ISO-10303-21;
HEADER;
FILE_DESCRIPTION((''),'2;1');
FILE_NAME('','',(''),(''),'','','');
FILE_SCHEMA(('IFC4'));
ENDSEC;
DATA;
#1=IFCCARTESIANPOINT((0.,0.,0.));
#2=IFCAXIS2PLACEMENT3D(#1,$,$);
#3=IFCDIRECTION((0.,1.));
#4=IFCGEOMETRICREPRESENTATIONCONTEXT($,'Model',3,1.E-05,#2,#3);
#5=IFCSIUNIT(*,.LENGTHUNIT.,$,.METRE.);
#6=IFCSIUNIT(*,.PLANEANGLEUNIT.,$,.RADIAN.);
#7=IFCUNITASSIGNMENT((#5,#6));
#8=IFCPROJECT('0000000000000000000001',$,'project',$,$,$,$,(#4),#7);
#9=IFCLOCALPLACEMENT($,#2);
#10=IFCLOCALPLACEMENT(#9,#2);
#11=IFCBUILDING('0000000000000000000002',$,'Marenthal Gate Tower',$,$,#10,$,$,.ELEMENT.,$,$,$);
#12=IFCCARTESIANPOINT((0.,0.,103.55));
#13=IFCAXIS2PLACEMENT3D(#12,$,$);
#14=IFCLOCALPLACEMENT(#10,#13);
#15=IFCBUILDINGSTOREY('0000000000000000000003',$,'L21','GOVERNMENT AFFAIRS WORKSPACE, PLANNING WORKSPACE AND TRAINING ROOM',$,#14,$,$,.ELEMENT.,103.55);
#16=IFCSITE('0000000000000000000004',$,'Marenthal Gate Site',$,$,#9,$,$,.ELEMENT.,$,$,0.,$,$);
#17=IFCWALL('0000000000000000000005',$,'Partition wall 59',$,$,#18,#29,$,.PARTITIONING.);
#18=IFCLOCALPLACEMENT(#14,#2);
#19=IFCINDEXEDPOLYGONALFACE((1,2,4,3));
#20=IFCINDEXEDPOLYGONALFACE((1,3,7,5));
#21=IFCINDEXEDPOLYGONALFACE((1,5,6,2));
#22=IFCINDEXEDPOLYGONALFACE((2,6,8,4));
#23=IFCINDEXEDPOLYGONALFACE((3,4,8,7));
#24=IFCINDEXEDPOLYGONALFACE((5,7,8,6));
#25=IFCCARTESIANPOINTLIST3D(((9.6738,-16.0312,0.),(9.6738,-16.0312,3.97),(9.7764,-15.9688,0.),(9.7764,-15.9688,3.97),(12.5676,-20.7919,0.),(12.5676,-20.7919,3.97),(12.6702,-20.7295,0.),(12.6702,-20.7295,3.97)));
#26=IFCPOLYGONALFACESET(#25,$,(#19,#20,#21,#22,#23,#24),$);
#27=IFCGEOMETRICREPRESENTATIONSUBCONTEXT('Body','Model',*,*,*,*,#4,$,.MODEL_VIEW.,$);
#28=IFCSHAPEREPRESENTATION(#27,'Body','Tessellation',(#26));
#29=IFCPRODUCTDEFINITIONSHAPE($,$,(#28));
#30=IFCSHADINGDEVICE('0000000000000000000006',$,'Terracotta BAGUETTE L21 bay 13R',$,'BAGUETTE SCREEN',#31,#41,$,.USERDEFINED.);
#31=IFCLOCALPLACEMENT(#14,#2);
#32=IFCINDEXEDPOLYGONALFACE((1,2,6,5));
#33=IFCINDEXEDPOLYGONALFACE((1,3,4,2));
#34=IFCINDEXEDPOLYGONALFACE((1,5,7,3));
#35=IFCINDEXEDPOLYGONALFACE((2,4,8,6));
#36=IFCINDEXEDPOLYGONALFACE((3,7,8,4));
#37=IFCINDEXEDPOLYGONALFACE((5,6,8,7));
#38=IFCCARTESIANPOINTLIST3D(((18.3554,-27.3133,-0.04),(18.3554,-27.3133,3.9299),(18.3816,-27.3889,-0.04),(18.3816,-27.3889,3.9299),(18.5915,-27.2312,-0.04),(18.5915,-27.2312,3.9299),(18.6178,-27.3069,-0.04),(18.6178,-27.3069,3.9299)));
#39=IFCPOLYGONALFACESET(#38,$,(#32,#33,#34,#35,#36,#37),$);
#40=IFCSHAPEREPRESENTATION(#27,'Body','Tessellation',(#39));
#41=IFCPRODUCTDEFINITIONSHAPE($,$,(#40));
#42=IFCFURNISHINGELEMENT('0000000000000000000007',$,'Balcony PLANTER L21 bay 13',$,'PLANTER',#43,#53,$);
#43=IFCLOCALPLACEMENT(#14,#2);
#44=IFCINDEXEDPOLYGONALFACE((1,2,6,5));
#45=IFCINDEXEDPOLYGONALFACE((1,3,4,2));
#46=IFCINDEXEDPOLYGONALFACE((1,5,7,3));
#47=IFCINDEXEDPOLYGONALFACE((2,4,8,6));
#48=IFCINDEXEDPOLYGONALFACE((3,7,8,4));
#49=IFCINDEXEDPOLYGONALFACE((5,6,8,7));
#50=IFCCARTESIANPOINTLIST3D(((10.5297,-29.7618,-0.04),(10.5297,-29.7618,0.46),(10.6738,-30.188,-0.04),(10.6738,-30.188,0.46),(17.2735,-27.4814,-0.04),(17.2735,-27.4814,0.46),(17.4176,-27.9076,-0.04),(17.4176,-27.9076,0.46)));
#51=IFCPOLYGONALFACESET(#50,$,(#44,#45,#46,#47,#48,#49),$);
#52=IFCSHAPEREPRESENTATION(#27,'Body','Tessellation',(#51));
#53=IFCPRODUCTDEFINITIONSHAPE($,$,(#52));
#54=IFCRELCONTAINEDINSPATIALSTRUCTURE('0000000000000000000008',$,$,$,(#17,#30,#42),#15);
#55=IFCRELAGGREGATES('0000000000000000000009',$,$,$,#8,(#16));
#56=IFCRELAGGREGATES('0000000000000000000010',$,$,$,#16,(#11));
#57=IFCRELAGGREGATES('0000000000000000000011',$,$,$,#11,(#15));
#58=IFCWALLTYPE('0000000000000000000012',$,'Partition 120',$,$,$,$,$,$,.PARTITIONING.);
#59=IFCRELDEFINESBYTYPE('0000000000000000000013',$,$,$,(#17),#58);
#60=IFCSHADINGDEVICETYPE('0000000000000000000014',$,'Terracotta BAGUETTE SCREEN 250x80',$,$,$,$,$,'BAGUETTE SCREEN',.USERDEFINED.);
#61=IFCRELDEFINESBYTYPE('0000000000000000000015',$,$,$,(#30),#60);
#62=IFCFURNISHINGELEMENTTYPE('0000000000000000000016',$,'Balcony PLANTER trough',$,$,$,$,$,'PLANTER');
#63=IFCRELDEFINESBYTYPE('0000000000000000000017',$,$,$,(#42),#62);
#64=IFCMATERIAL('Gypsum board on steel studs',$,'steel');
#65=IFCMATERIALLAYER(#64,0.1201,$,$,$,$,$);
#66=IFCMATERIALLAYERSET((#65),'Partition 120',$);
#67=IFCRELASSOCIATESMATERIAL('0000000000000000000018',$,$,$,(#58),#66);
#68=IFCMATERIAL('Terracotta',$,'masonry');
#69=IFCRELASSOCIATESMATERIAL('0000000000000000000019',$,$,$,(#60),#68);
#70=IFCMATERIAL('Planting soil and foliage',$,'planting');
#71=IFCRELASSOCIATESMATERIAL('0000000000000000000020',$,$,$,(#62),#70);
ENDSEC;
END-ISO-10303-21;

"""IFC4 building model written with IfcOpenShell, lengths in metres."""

from ifc_helpers import new_model, si_unit, direction, frame, frame_2d, origin, origin_2d, place, context, subcontext, project, spatial, rectangle, extrude, material, layer, layer_set, material_profile, profile_set, type_object, element, save


model = new_model("IFC4")

# Units and contexts
model_context = context("Model", 3, precision=1e-05, world=origin(), true_north=direction((0.0, 1.0)))
body_context = subcontext(model_context, "Body", "Model", "MODEL_VIEW")
ifc_project = project(units=[si_unit("LENGTHUNIT", "METRE"), si_unit("PLANEANGLEUNIT", "RADIAN")], contexts=[model_context])

# Site, building, storey
site_placement = place(None, origin())
site = spatial("IfcSite", under=ifc_project, at=site_placement, Name="Marenthal Gate Site", CompositionType="ELEMENT", RefElevation=0.0)
building_placement = place(site_placement, origin())
building = spatial("IfcBuilding", under=site, at=building_placement, Name="Marenthal Gate Tower", CompositionType="ELEMENT")
storey_placement = place(building_placement, frame((0.0, 0.0, 103.55)))
storey = spatial("IfcBuildingStorey", under=building, at=storey_placement, Name="L21", Description="GOVERNMENT AFFAIRS WORKSPACE, PLANNING WORKSPACE AND TRAINING ROOM", CompositionType="ELEMENT", Elevation=103.55)

# Wall
ifc_material_1 = material(Name="Gypsum board on steel studs", Category="steel")
ifc_layer_1 = layer(ifc_material_1, 0.1201)
ifc_layer_set_1 = layer_set([ifc_layer_1], Name="Partition 120")
wall_type_1 = type_object("IfcWallType", Name="Partition 120", PredefinedType="PARTITIONING", material=ifc_layer_set_1)
wall_1_placement = place(storey_placement, frame((12.6189, -20.7607, 0.0), z_axis=(0.0, 0.0, 1.0), x_axis=(-0.519417, 0.854521, 0.0)))
element("IfcWall", 1, at=wall_1_placement, inside=storey, type_object=wall_type_1, Name="Partition wall 59", PredefinedType="PARTITIONING", context=body_context, shape_type="SweptSolid", body=[
    extrude(rectangle(XDim=5.5713, YDim=0.1201, at=frame_2d((2.7856, 0.0))), origin(), (0.0, 0.0, 1.0), 3.97),
])

# Shading device
ifc_material_2 = material(Name="Terracotta", Category="masonry")
ifc_material_profile_1 = material_profile(ifc_material_2, rectangle(XDim=0.25, YDim=0.0801, at=origin_2d()), Name="Terracotta baguette 250x80")
ifc_profile_set_1 = profile_set([ifc_material_profile_1], Name="Terracotta")
shading_device_type = type_object("IfcShadingDeviceType", Name="Terracotta BAGUETTE SCREEN 250x80", ElementType="BAGUETTE SCREEN", PredefinedType="USERDEFINED", material=ifc_profile_set_1)
shading_device_placement = place(storey_placement, frame((18.4866, -27.3101, -0.04), z_axis=(0.0, 0.0, 1.0), x_axis=(0.944614, 0.328183, 0.0)))
element("IfcShadingDevice", 2, at=shading_device_placement, inside=storey, type_object=shading_device_type, Name="Terracotta BAGUETTE L21 bay 13R", ObjectType="BAGUETTE SCREEN", PredefinedType="USERDEFINED", context=body_context, shape_type="SweptSolid", body=[
    extrude(rectangle(XDim=0.25, YDim=0.0801, at=origin_2d()), origin(), (0.0, 0.0, 1.0), 3.97),
])

# Furnishing element
ifc_material_3 = material(Name="Planting soil and foliage", Category="planting")
furnishing_element_type = type_object("IfcFurnishingElementType", Name="Balcony PLANTER trough", ElementType="PLANTER", material=ifc_material_3)
furnishing_placement = place(storey_placement, frame((13.9736, -28.8347, -0.04), z_axis=(0.0, 0.0, 1.0), x_axis=(0.947307, 0.320328, 0.0)))
element("IfcFurnishingElement", 3, at=furnishing_placement, inside=storey, type_object=furnishing_element_type, Name="Balcony PLANTER L21 bay 13", ObjectType="PLANTER", context=body_context, shape_type="SweptSolid", body=[
    extrude(rectangle(XDim=7.1189, YDim=0.45, at=origin_2d()), origin(), (0.0, 0.0, 1.0), 0.5),
])

save(model, "model.ifc")
